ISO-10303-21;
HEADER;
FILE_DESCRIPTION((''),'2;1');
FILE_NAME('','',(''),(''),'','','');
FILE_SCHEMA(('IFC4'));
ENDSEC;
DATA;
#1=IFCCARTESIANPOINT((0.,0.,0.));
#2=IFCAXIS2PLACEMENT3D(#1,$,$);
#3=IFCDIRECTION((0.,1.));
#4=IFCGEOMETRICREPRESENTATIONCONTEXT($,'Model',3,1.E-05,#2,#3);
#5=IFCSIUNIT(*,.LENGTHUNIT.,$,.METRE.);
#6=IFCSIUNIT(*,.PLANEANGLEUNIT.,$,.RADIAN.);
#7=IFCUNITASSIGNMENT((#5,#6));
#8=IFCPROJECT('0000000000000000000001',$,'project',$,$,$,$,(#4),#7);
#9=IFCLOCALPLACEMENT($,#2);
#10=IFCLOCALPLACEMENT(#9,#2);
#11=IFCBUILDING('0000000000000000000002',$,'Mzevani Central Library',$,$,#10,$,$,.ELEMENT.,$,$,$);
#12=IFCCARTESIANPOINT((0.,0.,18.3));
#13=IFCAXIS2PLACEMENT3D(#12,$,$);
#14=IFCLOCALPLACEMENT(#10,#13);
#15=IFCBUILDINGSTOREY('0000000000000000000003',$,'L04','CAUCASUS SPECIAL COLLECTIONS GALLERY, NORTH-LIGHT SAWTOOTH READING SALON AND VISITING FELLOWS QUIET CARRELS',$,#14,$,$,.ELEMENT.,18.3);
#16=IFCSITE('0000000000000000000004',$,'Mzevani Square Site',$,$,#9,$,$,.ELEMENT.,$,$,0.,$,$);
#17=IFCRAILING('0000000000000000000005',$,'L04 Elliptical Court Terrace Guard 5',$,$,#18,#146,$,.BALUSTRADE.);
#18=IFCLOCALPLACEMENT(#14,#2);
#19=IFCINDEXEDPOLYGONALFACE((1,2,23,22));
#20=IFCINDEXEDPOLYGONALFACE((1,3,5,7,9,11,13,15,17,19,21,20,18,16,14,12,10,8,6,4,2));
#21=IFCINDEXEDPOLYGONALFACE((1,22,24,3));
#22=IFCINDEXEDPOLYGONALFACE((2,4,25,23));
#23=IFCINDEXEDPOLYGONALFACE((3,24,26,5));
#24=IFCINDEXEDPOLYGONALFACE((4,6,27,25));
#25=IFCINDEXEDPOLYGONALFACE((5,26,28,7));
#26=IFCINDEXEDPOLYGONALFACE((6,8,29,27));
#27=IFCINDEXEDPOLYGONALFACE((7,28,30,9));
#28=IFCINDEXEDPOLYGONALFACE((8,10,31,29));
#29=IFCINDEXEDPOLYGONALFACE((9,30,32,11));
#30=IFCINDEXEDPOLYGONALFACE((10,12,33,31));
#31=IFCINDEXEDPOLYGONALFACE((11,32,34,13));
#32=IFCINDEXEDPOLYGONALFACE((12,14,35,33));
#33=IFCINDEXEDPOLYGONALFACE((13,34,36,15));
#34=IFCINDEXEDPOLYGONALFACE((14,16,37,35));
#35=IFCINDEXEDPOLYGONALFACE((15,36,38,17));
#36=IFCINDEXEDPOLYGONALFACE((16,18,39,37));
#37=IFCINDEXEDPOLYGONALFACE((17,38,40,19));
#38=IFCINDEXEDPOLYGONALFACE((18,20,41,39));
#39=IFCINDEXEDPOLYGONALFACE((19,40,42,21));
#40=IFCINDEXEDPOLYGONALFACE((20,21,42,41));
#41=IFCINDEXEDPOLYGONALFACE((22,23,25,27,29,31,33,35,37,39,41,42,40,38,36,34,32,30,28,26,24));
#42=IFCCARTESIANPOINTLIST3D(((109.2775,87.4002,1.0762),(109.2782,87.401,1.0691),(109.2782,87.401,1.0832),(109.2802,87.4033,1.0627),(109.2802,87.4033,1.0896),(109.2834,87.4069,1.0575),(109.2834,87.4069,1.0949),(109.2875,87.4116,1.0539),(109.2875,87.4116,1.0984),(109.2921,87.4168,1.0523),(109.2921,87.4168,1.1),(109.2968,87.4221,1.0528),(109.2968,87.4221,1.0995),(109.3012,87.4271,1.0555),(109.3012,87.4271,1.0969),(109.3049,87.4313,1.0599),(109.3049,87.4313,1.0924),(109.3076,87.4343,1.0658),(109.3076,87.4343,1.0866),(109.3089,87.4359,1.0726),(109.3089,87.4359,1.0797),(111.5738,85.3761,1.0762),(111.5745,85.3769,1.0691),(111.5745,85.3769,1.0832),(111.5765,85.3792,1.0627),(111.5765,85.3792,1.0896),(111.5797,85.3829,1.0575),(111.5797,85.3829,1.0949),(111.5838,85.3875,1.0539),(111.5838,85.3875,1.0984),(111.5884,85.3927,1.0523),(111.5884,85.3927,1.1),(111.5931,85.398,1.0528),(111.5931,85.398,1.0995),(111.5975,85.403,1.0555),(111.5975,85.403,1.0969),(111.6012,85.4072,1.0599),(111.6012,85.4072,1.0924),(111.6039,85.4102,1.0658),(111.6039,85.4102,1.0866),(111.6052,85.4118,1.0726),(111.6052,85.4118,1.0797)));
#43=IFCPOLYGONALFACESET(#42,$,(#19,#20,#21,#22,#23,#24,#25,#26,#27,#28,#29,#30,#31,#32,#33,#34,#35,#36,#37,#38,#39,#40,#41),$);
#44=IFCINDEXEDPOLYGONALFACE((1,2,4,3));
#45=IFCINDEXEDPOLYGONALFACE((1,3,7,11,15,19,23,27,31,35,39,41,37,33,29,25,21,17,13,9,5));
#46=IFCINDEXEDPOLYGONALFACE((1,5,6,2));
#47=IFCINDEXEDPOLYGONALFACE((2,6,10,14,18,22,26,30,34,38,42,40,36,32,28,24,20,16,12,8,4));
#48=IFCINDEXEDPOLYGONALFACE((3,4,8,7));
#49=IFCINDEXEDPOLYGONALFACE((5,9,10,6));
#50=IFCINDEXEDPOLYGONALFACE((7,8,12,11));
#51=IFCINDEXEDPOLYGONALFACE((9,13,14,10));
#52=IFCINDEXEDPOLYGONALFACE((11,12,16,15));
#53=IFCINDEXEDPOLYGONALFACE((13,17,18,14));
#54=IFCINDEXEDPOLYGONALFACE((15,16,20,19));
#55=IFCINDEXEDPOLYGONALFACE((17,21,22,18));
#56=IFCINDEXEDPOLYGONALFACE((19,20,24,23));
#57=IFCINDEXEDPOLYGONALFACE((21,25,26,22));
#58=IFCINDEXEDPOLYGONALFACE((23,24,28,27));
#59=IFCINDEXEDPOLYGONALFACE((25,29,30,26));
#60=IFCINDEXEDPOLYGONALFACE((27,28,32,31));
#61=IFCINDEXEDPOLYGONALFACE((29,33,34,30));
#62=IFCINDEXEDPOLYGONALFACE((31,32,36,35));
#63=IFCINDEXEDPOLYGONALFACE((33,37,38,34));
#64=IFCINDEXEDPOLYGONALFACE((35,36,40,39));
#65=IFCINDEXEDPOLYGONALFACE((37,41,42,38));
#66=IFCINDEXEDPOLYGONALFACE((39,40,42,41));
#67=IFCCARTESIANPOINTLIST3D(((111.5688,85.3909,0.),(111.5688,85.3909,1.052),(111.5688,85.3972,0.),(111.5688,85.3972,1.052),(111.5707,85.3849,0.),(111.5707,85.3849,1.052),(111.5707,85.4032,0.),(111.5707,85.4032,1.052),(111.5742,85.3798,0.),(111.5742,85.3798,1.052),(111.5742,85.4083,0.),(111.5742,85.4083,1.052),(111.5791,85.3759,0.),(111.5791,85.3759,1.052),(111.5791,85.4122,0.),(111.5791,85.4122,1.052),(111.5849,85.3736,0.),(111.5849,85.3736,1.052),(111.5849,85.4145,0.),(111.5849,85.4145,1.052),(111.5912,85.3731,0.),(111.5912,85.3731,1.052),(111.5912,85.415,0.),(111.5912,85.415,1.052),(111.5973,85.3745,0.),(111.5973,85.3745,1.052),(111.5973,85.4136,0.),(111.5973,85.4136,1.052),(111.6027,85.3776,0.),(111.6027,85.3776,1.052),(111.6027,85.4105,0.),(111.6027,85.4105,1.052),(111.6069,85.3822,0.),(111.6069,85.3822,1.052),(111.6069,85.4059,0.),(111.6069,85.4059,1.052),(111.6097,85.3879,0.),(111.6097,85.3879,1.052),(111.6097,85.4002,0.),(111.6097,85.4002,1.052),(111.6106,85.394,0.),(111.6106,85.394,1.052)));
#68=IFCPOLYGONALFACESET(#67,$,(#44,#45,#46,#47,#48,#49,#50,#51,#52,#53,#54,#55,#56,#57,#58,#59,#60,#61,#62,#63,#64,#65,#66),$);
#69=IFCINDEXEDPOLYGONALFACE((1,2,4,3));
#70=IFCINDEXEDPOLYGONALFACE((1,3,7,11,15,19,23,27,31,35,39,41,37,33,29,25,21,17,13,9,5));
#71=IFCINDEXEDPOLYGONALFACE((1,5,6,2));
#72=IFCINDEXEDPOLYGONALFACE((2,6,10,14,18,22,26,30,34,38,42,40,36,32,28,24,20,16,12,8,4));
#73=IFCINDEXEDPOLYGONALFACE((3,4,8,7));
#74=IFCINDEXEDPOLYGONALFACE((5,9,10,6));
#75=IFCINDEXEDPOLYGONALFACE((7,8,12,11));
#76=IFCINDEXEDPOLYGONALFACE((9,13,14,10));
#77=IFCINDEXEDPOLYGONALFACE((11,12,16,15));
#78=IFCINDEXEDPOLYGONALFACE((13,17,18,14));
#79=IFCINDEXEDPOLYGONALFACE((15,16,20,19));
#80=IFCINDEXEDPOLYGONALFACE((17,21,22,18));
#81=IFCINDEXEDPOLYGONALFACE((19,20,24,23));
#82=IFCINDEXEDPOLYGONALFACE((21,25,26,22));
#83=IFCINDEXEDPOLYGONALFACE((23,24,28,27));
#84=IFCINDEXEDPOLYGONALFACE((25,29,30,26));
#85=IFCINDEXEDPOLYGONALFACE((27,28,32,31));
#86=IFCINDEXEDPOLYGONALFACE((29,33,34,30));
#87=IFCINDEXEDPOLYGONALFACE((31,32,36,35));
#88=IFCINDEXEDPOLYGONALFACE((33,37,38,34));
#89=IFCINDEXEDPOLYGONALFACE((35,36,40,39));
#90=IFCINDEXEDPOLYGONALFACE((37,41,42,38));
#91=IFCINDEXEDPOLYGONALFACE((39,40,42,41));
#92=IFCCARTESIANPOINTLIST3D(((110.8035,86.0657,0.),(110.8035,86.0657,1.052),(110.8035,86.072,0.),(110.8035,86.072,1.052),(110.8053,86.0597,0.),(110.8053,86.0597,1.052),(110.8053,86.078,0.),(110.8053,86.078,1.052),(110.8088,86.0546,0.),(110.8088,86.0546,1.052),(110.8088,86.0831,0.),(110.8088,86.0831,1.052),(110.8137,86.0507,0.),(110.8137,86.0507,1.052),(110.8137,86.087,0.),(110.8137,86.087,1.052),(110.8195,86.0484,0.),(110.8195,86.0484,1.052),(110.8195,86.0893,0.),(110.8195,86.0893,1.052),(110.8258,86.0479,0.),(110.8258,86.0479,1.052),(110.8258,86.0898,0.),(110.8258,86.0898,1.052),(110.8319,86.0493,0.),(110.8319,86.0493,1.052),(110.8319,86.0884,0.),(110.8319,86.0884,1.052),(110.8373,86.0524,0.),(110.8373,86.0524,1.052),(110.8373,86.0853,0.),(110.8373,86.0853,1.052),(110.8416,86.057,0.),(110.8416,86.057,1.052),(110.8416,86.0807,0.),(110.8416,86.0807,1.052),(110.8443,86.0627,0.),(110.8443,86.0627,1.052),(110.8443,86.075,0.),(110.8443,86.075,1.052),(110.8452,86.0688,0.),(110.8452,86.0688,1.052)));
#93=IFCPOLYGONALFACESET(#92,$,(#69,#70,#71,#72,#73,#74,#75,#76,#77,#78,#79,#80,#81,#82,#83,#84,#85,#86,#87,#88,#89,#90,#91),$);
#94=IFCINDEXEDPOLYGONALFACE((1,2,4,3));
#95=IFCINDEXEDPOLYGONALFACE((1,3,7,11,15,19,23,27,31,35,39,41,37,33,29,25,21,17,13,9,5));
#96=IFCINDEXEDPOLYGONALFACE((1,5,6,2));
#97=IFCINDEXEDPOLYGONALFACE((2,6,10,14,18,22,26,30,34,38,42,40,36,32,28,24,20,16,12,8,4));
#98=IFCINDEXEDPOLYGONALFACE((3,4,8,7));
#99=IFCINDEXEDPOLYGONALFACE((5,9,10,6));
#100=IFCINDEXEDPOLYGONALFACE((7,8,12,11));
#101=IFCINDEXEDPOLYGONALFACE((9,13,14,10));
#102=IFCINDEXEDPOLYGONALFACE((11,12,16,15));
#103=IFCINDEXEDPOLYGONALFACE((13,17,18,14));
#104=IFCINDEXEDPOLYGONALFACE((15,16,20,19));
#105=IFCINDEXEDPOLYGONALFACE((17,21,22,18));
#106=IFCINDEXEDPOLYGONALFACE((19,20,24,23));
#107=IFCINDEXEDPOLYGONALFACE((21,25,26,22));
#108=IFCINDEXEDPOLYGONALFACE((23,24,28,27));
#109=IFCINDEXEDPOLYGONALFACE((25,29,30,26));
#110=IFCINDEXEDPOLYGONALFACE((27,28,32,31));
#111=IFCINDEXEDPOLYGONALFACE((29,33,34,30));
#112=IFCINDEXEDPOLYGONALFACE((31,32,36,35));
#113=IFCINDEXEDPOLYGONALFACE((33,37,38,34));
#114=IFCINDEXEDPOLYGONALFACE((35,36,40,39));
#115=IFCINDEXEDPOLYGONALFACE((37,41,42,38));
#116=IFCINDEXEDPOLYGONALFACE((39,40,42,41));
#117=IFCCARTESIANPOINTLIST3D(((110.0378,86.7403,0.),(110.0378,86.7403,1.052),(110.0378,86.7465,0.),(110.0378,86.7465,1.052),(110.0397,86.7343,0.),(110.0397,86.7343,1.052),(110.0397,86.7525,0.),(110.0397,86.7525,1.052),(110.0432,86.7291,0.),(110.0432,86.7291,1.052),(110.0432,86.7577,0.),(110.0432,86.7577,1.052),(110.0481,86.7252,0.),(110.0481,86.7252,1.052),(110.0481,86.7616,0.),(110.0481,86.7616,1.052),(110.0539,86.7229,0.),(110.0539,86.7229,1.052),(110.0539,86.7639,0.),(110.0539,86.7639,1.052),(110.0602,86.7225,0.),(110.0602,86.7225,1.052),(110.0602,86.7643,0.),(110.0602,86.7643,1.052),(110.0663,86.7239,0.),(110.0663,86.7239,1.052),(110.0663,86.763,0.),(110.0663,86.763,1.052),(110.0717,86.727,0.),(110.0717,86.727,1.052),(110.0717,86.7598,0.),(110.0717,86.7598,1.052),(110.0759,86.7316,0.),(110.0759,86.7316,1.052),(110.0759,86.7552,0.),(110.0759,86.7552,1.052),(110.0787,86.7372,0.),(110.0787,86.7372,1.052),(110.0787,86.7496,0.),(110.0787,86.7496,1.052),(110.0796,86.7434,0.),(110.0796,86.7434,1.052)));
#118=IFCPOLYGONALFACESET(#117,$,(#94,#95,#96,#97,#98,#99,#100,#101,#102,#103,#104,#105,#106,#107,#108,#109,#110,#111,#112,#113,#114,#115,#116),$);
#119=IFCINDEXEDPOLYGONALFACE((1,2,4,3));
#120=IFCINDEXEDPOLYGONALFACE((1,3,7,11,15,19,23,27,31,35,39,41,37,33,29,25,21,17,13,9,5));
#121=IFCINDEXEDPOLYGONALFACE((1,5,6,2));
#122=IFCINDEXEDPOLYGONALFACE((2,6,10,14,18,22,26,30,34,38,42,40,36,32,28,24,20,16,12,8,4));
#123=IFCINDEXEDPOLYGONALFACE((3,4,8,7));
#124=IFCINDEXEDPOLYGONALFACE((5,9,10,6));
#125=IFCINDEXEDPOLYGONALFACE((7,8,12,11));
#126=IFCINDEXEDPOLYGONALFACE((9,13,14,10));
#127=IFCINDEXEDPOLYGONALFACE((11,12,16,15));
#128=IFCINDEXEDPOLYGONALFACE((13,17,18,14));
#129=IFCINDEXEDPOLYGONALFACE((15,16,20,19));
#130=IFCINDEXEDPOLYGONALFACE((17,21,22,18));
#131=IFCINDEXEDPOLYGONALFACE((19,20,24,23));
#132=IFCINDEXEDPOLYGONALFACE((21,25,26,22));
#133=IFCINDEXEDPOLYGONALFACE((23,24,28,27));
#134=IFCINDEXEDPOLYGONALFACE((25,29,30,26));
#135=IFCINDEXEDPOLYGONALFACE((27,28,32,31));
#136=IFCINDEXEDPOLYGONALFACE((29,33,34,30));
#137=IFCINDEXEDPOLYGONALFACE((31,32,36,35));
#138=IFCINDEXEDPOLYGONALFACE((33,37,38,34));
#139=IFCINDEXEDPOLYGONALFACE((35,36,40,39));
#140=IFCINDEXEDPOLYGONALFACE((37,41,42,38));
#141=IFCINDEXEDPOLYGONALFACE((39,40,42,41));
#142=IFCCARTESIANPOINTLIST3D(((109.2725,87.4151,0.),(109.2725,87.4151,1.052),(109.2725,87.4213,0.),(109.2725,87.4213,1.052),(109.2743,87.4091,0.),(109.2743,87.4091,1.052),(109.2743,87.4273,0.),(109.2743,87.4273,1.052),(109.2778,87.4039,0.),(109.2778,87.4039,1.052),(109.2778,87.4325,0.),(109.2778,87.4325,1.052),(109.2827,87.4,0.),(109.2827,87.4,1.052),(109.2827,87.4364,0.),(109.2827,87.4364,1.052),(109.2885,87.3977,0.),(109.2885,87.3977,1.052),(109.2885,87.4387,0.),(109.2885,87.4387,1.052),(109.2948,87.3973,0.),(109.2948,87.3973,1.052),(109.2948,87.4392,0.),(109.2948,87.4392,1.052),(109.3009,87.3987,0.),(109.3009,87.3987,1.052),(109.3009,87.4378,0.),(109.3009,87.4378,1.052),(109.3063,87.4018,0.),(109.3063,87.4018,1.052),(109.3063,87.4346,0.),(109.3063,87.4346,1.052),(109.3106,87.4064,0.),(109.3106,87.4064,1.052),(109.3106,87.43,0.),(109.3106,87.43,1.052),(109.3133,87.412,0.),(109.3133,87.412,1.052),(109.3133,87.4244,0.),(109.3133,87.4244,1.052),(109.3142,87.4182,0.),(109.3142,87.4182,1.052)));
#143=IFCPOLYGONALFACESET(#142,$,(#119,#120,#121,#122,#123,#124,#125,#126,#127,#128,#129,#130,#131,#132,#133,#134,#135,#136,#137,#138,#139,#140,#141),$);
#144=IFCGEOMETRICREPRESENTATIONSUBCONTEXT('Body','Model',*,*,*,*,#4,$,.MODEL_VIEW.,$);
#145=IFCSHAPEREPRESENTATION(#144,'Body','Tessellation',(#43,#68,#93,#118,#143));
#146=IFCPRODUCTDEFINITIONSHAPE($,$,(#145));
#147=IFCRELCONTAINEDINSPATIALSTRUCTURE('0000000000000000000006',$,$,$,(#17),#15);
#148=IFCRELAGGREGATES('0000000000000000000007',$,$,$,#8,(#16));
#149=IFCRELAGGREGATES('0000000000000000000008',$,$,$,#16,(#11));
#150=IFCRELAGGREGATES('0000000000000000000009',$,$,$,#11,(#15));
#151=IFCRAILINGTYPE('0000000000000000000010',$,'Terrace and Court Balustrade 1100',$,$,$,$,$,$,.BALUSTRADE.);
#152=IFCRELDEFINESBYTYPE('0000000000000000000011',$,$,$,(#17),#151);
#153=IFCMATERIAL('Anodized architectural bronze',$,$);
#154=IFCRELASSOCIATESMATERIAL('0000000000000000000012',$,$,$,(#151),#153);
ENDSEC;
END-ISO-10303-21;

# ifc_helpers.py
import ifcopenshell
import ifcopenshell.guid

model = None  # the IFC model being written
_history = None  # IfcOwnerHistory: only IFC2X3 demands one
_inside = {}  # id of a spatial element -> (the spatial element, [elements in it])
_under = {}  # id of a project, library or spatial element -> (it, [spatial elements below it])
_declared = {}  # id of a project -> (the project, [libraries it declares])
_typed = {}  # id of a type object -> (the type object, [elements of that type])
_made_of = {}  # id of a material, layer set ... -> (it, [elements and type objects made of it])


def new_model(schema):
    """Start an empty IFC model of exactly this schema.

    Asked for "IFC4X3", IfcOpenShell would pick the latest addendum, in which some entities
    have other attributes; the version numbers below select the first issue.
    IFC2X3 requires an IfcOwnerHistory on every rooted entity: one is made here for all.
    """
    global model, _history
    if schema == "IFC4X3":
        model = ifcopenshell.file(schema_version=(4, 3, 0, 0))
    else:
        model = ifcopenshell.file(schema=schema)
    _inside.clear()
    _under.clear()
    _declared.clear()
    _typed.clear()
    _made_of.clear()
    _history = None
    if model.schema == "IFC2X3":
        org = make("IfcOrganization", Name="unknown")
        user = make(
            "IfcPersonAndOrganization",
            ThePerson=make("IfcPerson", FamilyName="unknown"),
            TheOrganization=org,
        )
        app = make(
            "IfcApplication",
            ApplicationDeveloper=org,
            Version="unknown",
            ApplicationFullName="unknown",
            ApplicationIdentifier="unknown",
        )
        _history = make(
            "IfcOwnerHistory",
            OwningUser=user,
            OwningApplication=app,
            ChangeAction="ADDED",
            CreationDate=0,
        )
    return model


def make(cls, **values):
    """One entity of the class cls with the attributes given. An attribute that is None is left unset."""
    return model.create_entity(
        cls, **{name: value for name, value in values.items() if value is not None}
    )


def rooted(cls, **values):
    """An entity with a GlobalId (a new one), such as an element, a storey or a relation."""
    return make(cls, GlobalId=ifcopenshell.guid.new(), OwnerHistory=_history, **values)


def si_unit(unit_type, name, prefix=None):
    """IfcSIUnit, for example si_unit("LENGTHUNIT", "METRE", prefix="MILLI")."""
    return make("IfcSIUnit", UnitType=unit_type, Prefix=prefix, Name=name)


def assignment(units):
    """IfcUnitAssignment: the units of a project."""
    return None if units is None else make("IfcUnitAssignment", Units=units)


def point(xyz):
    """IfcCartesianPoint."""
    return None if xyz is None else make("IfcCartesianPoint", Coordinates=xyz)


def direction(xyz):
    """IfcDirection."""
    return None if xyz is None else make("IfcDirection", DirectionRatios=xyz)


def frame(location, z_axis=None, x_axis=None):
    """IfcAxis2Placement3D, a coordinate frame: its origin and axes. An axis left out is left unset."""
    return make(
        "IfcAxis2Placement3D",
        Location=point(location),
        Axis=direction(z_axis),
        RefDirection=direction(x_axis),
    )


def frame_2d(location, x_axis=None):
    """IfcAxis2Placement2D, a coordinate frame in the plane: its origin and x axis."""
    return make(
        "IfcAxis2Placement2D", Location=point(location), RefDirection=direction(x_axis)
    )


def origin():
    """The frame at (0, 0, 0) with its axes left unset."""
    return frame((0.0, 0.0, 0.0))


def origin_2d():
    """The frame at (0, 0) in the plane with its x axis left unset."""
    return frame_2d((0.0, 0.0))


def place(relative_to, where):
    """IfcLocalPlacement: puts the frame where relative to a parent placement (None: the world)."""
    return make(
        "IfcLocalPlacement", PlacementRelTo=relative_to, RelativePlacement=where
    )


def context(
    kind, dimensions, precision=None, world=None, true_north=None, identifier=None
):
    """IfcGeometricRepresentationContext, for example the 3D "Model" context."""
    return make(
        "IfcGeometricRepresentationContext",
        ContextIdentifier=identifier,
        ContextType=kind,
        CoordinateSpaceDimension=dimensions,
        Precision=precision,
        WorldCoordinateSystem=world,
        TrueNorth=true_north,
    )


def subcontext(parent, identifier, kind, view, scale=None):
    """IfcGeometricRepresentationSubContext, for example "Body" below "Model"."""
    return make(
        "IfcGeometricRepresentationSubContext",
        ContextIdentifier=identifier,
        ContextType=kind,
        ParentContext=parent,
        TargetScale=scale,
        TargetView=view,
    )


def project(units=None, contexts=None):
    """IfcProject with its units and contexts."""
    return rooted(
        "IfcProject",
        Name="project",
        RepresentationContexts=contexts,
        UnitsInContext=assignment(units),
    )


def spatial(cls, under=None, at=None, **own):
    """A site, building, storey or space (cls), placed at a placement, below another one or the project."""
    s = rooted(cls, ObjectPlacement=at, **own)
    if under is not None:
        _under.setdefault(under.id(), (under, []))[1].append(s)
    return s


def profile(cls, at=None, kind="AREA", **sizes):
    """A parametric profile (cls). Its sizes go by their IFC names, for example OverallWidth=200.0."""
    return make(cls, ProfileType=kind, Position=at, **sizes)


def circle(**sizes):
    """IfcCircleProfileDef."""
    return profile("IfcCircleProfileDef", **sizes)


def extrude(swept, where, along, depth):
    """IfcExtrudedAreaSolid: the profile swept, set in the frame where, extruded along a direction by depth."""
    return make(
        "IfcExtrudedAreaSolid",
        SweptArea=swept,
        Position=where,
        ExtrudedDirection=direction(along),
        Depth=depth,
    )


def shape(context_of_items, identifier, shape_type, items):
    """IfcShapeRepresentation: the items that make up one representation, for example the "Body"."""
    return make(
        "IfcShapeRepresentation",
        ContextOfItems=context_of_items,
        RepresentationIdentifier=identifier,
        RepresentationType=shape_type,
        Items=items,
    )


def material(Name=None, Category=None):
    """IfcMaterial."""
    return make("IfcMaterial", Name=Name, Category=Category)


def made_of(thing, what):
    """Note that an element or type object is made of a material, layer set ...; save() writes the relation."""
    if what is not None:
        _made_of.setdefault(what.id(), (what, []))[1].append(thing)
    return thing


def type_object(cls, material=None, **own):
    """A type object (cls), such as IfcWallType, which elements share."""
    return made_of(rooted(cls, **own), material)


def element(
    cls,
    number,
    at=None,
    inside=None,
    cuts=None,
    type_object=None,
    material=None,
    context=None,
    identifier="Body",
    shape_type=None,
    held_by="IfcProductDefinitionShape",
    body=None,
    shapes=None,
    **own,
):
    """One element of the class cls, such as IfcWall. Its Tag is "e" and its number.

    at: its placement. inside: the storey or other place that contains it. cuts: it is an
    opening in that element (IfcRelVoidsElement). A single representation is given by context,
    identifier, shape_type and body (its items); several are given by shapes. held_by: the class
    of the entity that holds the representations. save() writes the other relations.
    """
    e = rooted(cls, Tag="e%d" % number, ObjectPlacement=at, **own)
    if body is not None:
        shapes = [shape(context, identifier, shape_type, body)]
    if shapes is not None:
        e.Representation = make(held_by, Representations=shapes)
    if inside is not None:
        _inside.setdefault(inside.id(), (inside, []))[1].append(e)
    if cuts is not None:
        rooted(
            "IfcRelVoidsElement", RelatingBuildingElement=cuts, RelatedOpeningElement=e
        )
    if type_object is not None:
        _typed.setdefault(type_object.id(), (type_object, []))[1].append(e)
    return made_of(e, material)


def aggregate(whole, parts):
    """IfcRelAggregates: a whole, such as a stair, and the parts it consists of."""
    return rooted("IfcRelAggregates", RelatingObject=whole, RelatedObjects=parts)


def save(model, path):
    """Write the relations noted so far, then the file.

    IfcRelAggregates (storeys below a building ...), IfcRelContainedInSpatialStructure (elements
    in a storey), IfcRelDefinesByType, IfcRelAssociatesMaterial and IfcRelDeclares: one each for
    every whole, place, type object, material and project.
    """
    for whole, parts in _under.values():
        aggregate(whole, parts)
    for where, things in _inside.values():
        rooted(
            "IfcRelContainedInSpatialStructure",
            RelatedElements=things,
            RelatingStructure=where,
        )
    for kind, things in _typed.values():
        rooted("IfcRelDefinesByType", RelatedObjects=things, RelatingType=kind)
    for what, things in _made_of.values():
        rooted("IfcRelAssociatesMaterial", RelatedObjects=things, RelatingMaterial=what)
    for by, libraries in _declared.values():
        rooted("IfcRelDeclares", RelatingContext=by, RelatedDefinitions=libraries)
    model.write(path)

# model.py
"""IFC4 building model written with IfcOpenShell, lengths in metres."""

from ifc_helpers import new_model, si_unit, direction, frame, origin, origin_2d, place, context, subcontext, project, spatial, circle, extrude, material, type_object, element, save


model = new_model("IFC4")

# Units and contexts
model_context = context("Model", 3, precision=1e-05, world=origin(), true_north=direction((0.0, 1.0)))
body_context = subcontext(model_context, "Body", "Model", "MODEL_VIEW")
ifc_project = project(units=[si_unit("LENGTHUNIT", "METRE"), si_unit("PLANEANGLEUNIT", "RADIAN")], contexts=[model_context])

# Site, building, storey
site_placement = place(None, origin())
site = spatial("IfcSite", under=ifc_project, at=site_placement, Name="Mzevani Square Site", CompositionType="ELEMENT", RefElevation=0.0)
building_placement = place(site_placement, origin())
building = spatial("IfcBuilding", under=site, at=building_placement, Name="Mzevani Central Library", CompositionType="ELEMENT")
storey_placement = place(building_placement, frame((0.0, 0.0, 18.3)))
storey = spatial("IfcBuildingStorey", under=building, at=storey_placement, Name="L04", Description="CAUCASUS SPECIAL COLLECTIONS GALLERY, NORTH-LIGHT SAWTOOTH READING SALON AND VISITING FELLOWS QUIET CARRELS", CompositionType="ELEMENT", Elevation=18.3)

# Railing
ifc_material_1 = material(Name="Anodized architectural bronze")
railing_type = type_object("IfcRailingType", Name="Terrace and Court Balustrade 1100", PredefinedType="BALUSTRADE", material=ifc_material_1)
railing_1_placement = place(storey_placement, frame((111.5896, 85.394, 0.0)))
element("IfcRailing", 1, at=railing_1_placement, inside=storey, type_object=railing_type, Name="L04 Elliptical Court Terrace Guard 5", PredefinedType="BALUSTRADE", context=body_context, shape_type="SweptSolid", body=[
    extrude(circle(Radius=0.0239, at=origin_2d()), frame((0.0, 0.0, 1.0762), z_axis=(-0.750171, 0.661244, 0.0), x_axis=(-0.661244, -0.750171, 0.0)), (0.0, 0.0, 1.0), 3.061),
    extrude(circle(Radius=0.021, at=origin_2d()), origin(), (0.0, 0.0, 1.0), 1.052),
    extrude(circle(Radius=0.021, at=origin_2d()), frame((-0.7654, 0.6748, 0.0)), (0.0, 0.0, 1.0), 1.052),
    extrude(circle(Radius=0.021, at=origin_2d()), frame((-1.531, 1.3494, 0.0)), (0.0, 0.0, 1.0), 1.052),
    extrude(circle(Radius=0.021, at=origin_2d()), frame((-2.2964, 2.0242, 0.0)), (0.0, 0.0, 1.0), 1.052),
])

save(model, "model.ifc")
